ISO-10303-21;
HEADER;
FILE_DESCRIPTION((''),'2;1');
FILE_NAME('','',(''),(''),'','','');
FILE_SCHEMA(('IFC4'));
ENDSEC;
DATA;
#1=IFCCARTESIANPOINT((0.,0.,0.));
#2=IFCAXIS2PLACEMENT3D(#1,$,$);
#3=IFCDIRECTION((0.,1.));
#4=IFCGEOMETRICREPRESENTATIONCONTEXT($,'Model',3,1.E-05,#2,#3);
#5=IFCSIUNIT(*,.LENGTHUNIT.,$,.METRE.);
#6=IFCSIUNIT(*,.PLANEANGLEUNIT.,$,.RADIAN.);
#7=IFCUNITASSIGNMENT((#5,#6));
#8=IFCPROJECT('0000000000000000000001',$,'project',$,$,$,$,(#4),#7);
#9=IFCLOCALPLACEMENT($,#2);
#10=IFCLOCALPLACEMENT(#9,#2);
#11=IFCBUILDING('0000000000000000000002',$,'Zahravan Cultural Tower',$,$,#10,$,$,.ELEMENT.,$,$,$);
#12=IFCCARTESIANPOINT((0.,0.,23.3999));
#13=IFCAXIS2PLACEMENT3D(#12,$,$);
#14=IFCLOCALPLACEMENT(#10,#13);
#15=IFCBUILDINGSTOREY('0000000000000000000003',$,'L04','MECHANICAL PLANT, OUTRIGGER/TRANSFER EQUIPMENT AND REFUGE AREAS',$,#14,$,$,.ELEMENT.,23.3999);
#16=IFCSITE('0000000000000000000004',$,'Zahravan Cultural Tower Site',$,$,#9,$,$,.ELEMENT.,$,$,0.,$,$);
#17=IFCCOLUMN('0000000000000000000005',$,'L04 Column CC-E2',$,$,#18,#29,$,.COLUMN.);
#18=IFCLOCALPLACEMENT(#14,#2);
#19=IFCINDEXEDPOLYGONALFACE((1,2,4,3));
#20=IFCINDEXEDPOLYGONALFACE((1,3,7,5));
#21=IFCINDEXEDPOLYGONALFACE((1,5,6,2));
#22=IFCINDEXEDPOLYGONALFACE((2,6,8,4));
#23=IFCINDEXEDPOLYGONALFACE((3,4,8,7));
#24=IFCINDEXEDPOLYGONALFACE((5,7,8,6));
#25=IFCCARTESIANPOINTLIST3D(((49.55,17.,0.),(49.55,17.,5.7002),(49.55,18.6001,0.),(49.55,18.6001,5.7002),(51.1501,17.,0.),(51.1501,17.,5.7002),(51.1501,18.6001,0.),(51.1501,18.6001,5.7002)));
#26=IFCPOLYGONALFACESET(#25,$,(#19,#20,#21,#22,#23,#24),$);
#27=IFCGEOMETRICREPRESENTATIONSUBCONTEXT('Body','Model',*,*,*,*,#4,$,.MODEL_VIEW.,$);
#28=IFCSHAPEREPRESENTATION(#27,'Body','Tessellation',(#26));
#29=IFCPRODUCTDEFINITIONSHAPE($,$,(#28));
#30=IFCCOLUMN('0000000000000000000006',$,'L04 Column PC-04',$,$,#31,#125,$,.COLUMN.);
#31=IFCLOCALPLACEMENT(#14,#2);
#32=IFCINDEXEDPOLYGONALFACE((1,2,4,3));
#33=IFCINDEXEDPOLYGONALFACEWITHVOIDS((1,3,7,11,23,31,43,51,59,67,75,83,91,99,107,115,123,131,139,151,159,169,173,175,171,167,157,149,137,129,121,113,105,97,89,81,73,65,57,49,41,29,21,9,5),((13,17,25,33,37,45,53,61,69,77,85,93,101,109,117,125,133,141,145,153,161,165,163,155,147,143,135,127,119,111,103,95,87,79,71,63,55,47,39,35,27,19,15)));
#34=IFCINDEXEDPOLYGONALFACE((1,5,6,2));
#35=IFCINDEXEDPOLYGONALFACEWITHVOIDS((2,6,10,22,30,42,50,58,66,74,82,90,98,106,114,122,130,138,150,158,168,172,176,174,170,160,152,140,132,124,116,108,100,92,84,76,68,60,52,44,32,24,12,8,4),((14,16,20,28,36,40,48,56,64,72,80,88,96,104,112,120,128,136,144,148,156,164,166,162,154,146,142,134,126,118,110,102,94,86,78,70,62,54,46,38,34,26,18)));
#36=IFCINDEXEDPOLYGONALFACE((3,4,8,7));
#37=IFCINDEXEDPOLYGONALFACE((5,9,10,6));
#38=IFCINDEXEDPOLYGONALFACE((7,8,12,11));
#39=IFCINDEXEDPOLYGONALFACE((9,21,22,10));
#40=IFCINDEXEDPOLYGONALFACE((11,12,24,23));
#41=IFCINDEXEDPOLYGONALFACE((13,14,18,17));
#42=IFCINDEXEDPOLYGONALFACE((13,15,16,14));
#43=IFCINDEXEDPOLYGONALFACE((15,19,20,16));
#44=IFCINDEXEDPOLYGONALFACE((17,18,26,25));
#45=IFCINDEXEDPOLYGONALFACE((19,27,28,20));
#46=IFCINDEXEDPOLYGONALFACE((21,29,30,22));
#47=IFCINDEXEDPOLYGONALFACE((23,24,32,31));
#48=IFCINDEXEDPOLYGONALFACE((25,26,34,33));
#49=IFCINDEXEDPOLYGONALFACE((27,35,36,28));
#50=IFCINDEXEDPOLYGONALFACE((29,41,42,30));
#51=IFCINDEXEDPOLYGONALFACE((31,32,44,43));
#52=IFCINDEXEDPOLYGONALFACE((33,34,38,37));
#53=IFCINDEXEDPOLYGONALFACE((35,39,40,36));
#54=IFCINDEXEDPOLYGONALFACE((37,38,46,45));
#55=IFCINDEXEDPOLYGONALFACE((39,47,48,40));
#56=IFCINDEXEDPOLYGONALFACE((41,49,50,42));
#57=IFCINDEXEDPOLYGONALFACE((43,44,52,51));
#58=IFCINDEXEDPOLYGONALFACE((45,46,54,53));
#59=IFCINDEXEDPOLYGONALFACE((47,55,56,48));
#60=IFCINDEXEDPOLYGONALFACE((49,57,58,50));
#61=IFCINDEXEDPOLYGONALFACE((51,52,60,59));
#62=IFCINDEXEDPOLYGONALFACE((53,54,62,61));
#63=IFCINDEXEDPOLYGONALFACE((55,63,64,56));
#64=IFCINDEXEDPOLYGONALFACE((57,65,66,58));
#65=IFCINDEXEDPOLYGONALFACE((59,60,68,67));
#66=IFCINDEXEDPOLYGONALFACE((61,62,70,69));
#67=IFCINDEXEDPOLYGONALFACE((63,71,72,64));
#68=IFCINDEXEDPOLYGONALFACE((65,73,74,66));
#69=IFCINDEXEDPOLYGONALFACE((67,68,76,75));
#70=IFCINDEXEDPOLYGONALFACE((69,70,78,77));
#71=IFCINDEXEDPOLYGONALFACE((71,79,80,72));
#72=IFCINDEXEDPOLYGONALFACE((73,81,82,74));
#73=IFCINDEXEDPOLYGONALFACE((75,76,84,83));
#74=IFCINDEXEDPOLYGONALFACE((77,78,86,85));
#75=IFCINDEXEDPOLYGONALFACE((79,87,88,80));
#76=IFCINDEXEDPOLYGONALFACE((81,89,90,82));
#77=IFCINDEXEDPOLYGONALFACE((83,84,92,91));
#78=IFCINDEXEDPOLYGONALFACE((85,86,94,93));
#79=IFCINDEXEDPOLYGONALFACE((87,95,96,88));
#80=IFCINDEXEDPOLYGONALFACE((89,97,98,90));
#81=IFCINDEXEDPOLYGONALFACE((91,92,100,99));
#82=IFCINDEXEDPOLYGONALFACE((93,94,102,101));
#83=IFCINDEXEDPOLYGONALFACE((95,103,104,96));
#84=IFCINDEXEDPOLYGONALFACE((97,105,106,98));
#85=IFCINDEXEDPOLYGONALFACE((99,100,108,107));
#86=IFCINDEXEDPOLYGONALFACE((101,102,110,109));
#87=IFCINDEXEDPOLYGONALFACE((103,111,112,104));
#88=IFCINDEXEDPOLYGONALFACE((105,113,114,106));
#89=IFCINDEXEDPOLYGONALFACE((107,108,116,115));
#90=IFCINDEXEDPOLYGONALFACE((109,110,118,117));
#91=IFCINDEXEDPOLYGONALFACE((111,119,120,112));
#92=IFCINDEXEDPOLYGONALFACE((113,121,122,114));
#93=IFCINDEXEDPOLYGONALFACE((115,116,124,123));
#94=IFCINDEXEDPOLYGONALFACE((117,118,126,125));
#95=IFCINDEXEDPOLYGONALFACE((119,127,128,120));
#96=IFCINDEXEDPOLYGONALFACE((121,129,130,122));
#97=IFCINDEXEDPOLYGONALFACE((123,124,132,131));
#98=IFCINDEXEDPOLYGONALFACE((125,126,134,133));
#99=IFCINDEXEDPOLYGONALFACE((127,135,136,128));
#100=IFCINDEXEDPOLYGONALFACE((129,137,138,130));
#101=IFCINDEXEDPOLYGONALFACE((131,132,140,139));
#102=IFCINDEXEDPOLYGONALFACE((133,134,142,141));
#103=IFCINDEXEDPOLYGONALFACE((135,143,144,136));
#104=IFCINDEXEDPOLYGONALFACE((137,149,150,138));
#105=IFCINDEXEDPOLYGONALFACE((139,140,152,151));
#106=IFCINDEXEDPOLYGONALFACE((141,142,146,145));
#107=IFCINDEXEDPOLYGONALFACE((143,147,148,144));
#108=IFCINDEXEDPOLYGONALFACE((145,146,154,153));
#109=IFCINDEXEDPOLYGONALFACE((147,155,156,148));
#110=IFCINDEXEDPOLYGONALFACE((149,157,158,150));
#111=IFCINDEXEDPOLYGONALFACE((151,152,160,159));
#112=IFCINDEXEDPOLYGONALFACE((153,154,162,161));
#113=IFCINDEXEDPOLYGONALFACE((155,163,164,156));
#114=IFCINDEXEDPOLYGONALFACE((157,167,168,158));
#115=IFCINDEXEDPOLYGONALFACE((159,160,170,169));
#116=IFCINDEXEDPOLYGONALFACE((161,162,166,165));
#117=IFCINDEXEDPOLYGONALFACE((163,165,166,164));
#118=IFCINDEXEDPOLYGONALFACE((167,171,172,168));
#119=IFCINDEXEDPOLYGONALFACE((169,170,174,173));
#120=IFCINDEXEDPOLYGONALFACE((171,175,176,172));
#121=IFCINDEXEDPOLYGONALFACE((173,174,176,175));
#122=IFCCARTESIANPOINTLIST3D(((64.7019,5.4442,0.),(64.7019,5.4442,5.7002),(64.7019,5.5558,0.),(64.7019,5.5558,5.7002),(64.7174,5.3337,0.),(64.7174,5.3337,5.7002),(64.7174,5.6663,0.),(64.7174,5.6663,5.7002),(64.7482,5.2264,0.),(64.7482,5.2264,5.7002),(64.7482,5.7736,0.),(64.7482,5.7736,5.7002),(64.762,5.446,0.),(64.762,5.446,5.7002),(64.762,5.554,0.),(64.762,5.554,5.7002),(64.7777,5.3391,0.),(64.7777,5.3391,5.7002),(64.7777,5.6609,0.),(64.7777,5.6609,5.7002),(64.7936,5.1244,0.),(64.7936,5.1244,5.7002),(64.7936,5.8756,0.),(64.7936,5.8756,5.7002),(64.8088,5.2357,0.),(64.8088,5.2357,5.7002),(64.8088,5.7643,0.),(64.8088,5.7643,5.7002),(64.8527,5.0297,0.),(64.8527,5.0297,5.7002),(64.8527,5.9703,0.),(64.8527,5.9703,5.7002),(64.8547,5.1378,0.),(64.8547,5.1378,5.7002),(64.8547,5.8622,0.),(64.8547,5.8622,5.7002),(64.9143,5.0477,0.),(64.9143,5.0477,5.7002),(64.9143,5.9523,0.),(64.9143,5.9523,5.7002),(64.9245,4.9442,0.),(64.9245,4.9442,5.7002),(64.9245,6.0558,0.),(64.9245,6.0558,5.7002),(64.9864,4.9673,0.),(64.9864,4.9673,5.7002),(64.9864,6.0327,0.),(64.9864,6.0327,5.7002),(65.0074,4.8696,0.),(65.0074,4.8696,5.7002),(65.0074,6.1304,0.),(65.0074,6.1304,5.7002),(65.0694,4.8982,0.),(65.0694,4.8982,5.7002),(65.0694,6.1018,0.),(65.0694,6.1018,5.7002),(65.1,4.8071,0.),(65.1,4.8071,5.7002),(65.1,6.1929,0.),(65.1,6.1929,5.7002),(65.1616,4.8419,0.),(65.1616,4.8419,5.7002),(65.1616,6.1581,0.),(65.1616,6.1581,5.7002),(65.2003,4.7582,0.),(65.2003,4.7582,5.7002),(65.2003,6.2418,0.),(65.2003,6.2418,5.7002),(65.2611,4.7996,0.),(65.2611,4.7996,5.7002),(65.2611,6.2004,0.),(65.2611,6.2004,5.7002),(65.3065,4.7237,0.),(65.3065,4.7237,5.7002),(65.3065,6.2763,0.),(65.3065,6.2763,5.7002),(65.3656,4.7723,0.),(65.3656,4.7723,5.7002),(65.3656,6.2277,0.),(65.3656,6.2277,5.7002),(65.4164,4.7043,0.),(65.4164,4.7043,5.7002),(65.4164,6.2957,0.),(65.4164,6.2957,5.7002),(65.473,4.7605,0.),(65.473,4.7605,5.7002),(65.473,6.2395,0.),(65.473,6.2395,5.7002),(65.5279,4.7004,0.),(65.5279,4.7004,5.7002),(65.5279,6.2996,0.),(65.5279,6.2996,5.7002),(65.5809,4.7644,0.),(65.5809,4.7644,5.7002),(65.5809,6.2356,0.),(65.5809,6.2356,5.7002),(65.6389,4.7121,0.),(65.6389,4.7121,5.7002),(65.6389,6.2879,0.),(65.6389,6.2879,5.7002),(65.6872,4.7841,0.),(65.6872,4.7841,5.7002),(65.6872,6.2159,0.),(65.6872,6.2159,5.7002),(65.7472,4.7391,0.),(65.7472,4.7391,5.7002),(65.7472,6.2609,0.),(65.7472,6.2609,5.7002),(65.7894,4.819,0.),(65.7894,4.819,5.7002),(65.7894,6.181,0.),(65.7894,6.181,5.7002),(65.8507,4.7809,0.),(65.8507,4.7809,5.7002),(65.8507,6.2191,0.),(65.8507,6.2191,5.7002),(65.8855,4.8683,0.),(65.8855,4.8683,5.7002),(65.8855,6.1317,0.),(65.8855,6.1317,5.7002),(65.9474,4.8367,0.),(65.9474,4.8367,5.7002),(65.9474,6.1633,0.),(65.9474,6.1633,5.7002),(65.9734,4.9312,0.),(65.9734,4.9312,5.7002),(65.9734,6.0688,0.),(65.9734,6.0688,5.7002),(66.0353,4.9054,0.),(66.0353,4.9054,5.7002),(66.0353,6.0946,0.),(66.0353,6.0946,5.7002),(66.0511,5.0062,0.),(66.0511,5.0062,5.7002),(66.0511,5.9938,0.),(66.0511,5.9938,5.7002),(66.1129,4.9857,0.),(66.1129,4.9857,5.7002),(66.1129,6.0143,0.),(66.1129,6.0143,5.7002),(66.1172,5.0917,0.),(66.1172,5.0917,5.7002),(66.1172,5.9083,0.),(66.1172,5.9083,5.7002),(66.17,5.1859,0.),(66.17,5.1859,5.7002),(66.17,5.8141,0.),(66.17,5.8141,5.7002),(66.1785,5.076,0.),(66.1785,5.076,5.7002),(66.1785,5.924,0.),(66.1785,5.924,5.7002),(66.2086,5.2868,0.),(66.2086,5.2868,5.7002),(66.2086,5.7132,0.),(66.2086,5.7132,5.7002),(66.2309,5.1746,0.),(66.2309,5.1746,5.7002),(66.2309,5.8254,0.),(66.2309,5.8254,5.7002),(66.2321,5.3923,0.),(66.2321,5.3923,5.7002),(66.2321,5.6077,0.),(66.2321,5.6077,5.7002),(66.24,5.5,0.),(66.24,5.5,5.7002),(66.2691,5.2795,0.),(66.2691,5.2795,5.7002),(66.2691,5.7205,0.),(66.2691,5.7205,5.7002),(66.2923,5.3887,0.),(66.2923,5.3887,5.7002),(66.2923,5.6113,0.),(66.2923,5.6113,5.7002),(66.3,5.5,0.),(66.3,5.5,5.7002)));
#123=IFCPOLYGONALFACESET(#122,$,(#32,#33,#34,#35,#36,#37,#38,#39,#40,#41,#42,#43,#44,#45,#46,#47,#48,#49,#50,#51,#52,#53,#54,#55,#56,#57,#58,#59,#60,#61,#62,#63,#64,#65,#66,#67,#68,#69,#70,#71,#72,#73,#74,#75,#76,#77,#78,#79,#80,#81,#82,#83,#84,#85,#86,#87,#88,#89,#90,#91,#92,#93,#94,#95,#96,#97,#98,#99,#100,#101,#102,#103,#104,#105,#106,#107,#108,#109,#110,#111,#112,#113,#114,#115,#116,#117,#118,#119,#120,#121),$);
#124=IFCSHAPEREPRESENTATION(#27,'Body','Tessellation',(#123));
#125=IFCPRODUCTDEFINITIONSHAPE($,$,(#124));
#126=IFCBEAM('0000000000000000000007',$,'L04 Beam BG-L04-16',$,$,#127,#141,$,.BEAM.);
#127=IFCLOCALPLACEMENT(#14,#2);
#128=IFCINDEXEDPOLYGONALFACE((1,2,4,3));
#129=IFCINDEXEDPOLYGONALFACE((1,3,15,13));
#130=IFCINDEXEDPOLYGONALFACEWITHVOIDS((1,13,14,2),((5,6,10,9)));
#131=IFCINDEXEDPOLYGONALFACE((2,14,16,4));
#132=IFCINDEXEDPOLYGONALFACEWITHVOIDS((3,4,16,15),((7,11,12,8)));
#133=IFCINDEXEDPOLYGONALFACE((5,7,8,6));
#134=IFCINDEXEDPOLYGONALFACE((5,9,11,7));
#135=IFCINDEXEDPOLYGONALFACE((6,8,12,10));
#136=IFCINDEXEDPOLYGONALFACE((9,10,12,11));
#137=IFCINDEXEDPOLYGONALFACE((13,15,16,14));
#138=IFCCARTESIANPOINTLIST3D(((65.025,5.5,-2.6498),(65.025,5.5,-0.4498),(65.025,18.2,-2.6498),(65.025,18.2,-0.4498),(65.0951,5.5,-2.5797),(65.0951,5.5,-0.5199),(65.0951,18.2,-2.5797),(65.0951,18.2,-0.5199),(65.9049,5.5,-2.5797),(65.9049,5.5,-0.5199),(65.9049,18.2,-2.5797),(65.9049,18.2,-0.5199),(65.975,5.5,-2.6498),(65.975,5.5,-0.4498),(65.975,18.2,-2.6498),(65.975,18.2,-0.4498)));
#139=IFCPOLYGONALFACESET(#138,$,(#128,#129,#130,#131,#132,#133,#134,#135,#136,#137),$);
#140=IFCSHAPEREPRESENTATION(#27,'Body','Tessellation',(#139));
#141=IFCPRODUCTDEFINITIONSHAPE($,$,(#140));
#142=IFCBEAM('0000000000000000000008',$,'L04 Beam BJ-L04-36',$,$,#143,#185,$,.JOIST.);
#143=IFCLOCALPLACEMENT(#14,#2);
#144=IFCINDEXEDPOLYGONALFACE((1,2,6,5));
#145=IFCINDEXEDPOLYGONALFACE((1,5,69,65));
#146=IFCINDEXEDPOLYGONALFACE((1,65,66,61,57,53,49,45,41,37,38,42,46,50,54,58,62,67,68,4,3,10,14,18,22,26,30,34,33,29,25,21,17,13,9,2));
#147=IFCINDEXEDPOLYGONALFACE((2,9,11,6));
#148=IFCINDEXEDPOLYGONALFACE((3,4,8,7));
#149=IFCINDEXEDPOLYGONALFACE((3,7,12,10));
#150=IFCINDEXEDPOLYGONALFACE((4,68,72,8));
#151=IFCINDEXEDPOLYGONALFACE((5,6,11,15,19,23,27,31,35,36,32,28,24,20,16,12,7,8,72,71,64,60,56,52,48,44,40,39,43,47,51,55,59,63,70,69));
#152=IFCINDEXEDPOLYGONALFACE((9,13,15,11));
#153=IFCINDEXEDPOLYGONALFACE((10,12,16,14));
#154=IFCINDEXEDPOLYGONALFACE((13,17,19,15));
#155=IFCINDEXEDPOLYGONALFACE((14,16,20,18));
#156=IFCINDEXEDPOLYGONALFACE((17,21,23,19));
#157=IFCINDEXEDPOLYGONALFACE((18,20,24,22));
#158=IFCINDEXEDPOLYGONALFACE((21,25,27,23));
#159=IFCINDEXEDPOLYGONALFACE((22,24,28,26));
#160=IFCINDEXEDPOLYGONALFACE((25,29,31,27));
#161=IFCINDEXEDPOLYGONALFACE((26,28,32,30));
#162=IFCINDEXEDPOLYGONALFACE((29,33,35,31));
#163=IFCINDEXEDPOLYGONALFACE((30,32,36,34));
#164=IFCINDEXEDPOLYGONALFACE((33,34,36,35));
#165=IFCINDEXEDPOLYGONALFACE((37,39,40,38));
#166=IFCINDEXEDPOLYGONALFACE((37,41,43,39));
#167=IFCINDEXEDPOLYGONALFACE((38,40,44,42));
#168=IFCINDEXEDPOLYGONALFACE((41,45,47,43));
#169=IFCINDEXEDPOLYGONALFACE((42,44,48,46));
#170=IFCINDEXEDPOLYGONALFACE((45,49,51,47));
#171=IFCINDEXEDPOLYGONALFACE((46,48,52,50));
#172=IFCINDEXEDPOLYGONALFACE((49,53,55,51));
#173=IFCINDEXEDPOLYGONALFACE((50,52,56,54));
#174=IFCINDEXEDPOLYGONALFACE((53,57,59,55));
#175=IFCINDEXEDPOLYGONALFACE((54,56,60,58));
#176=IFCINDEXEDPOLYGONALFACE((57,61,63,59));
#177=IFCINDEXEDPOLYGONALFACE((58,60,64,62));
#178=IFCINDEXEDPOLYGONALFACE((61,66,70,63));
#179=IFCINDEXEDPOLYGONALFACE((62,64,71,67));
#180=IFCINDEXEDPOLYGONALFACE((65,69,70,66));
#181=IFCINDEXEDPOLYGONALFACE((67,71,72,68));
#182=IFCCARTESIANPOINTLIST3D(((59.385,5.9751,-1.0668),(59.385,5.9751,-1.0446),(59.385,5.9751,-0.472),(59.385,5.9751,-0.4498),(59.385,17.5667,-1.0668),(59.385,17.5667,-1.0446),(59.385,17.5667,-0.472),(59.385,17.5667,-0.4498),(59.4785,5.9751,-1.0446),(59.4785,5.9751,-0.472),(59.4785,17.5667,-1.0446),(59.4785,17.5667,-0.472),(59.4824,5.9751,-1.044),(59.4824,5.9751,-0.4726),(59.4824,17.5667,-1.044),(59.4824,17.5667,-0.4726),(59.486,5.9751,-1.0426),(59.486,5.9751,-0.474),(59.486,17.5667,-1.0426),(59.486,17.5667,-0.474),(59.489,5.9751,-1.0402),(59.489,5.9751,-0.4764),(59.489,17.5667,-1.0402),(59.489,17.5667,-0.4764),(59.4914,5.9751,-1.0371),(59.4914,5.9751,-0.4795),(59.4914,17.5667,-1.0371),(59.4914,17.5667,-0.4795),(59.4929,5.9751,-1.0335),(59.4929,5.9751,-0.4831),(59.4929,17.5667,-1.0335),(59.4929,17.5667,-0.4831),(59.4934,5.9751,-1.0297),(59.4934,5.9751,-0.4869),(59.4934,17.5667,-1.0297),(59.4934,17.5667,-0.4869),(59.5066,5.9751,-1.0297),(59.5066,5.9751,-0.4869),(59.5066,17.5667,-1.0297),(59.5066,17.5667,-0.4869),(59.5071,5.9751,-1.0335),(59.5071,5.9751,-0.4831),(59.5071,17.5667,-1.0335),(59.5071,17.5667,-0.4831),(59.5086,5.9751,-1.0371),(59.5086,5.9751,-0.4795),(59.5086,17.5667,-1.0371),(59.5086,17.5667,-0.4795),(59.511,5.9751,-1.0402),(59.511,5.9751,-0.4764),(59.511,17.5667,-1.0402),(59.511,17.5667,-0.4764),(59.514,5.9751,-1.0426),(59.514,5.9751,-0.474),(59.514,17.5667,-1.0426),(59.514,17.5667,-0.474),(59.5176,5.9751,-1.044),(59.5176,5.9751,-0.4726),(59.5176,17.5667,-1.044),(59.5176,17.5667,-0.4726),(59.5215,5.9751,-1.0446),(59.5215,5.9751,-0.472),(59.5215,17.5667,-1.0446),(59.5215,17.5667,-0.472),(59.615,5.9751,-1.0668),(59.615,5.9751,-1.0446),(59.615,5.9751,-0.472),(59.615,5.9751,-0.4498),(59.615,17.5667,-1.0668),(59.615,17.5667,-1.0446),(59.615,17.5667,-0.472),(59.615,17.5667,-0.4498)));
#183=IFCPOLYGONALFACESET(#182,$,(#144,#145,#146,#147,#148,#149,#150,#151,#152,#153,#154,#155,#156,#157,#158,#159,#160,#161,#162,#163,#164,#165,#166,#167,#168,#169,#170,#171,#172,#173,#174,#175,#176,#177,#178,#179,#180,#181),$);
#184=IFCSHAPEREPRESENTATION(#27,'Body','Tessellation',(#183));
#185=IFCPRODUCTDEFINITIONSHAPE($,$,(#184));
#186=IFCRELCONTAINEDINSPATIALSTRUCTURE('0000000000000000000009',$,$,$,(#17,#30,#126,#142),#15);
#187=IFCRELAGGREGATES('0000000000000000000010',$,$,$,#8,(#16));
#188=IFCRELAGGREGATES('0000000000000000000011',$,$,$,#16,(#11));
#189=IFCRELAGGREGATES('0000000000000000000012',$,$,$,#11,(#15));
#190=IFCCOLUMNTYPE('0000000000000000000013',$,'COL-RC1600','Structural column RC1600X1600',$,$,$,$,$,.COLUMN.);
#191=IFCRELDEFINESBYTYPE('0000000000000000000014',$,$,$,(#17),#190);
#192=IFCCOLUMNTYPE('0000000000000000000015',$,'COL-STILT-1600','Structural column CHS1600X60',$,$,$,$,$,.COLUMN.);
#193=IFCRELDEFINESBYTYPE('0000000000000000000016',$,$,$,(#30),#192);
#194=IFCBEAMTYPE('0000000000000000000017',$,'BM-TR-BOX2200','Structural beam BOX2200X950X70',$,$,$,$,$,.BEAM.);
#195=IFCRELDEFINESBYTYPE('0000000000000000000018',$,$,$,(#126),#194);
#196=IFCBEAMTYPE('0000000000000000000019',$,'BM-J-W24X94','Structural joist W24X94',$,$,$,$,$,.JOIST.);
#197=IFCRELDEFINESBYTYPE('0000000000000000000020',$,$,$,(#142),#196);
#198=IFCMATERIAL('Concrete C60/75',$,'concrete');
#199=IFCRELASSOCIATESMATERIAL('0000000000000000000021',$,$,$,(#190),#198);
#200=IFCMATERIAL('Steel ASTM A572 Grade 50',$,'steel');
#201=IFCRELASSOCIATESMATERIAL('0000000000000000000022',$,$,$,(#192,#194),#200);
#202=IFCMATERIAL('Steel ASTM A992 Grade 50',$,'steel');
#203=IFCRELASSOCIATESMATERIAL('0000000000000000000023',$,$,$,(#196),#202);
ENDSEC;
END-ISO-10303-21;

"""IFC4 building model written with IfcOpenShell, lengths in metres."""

from ifc_helpers import new_model, si_unit, direction, frame, origin, origin_2d, place, context, subcontext, project, spatial, rectangle, hollow_rectangle, hollow_circle, i_section, extrude, source, transform, mapped, material, material_profile, profile_set, type_object, element, save


model = new_model("IFC4")

# Units and contexts
model_context = context("Model", 3, precision=1e-05, world=origin(), true_north=direction((0.0, 1.0)))
body_context = subcontext(model_context, "Body", "Model", "MODEL_VIEW")
ifc_project = project(units=[si_unit("LENGTHUNIT", "METRE"), si_unit("PLANEANGLEUNIT", "RADIAN")], contexts=[model_context])

# Site, building, storey
site_placement = place(None, origin())
site = spatial("IfcSite", under=ifc_project, at=site_placement, Name="Zahravan Cultural Tower Site", CompositionType="ELEMENT", RefElevation=0.0)
building_placement = place(site_placement, origin())
building = spatial("IfcBuilding", under=site, at=building_placement, Name="Zahravan Cultural Tower", CompositionType="ELEMENT")
storey_placement = place(building_placement, frame((0.0, 0.0, 23.3999)))
storey = spatial("IfcBuildingStorey", under=building, at=storey_placement, Name="L04", Description="MECHANICAL PLANT, OUTRIGGER/TRANSFER EQUIPMENT AND REFUGE AREAS", CompositionType="ELEMENT", Elevation=23.3999)

# Columns
ifc_material_1 = material(Name="Concrete C60/75", Category="concrete")
ifc_material_profile_1 = material_profile(ifc_material_1, rectangle(XDim=1.6001, YDim=1.6001, at=origin_2d()), Name="RC1600X1600")
ifc_profile_set_1 = profile_set([ifc_material_profile_1], Name="Concrete C60/75")
column_type_1 = type_object("IfcColumnType", Name="COL-RC1600", Description="Structural column RC1600X1600", PredefinedType="COLUMN", material=ifc_profile_set_1)
shared_shape_1 = source(origin(), body_context, "Body", "SweptSolid", [
    extrude(rectangle(XDim=1.6001, YDim=1.6001, at=origin_2d()), origin(), (0.0, 0.0, 1.0), 5.7002),
])
column_1_placement = place(storey_placement, frame((50.3501, 17.8, 0.0), z_axis=(0.0, 0.0, 1.0), x_axis=(1.0, 0.0, 0.0)))
element("IfcColumn", 1, at=column_1_placement, inside=storey, type_object=column_type_1, Name="L04 Column CC-E2", PredefinedType="COLUMN", context=body_context, shape_type="MappedRepresentation", body=[
    mapped(shared_shape_1, transform((0.0, 0.0, 0.0), x_axis=(1.0, 0.0, 0.0), y_axis=(0.0, 1.0, 0.0), z_axis=(0.0, 0.0, 1.0), scale=1.0)),
])
ifc_material_2 = material(Name="Steel ASTM A572 Grade 50", Category="steel")
ifc_material_profile_2 = material_profile(ifc_material_2, hollow_circle(Radius=0.8, WallThickness=0.0601, at=origin_2d()), Name="CHS1600X60")
ifc_profile_set_2 = profile_set([ifc_material_profile_2], Name="Steel ASTM A572 Grade 50")
column_type_2 = type_object("IfcColumnType", Name="COL-STILT-1600", Description="Structural column CHS1600X60", PredefinedType="COLUMN", material=ifc_profile_set_2)
shared_shape_2 = source(origin(), body_context, "Body", "SweptSolid", [
    extrude(hollow_circle(Radius=0.8, WallThickness=0.0601, at=origin_2d()), origin(), (0.0, 0.0, 1.0), 5.7002),
])
column_2_placement = place(storey_placement, frame((65.5, 5.5, 0.0), z_axis=(0.0, 0.0, 1.0), x_axis=(1.0, 0.0, 0.0)))
element("IfcColumn", 2, at=column_2_placement, inside=storey, type_object=column_type_2, Name="L04 Column PC-04", PredefinedType="COLUMN", context=body_context, shape_type="MappedRepresentation", body=[
    mapped(shared_shape_2, transform((0.0, 0.0, 0.0), x_axis=(1.0, 0.0, 0.0), y_axis=(0.0, 1.0, 0.0), z_axis=(0.0, 0.0, 1.0), scale=1.0)),
])

# Beams
ifc_material_profile_3 = material_profile(ifc_material_2, hollow_rectangle(XDim=0.95, YDim=2.2, WallThickness=0.0701, at=origin_2d()), Name="BOX2200X950X70")
ifc_profile_set_3 = profile_set([ifc_material_profile_3], Name="Steel ASTM A572 Grade 50")
beam_type_1 = type_object("IfcBeamType", Name="BM-TR-BOX2200", Description="Structural beam BOX2200X950X70", PredefinedType="BEAM", material=ifc_profile_set_3)
shared_shape_3 = source(origin(), body_context, "Body", "SweptSolid", [
    extrude(hollow_rectangle(XDim=0.95, YDim=2.2, WallThickness=0.0701, at=origin_2d()), origin(), (0.0, 0.0, 1.0), 12.7),
])
beam_1_placement = place(storey_placement, frame((65.5, 5.5, -1.5498), z_axis=(0.0, 1.0, 0.0), x_axis=(-1.0, 0.0, 0.0)))
element("IfcBeam", 3, at=beam_1_placement, inside=storey, type_object=beam_type_1, Name="L04 Beam BG-L04-16", PredefinedType="BEAM", context=body_context, shape_type="MappedRepresentation", body=[
    mapped(shared_shape_3, transform((0.0, 0.0, 0.0), x_axis=(1.0, 0.0, 0.0), y_axis=(0.0, 1.0, 0.0), z_axis=(0.0, 0.0, 1.0), scale=1.0)),
])
ifc_material_3 = material(Name="Steel ASTM A992 Grade 50", Category="steel")
ifc_material_profile_4 = material_profile(ifc_material_3, i_section(OverallWidth=0.23, OverallDepth=0.6169, WebThickness=0.0132, FlangeThickness=0.0222, FilletRadius=0.0149, at=origin_2d()), Name="W24X94")
ifc_profile_set_4 = profile_set([ifc_material_profile_4], Name="Steel ASTM A992 Grade 50")
beam_type_2 = type_object("IfcBeamType", Name="BM-J-W24X94", Description="Structural joist W24X94", PredefinedType="JOIST", material=ifc_profile_set_4)
shared_shape_4 = source(origin(), body_context, "Body", "SweptSolid", [
    extrude(i_section(OverallWidth=0.23, OverallDepth=0.6169, WebThickness=0.0132, FlangeThickness=0.0222, FilletRadius=0.0149, at=origin_2d()), origin(), (0.0, 0.0, 1.0), 11.5916),
])
beam_2_placement = place(storey_placement, frame((59.5, 5.9751, -0.7583), z_axis=(0.0, 1.0, 0.0), x_axis=(-1.0, 0.0, 0.0)))
element("IfcBeam", 4, at=beam_2_placement, inside=storey, type_object=beam_type_2, Name="L04 Beam BJ-L04-36", PredefinedType="JOIST", context=body_context, shape_type="MappedRepresentation", body=[
    mapped(shared_shape_4, transform((0.0, 0.0, 0.0), x_axis=(1.0, 0.0, 0.0), y_axis=(0.0, 1.0, 0.0), z_axis=(0.0, 0.0, 1.0), scale=1.0)),
])

save(model, "model.ifc")
